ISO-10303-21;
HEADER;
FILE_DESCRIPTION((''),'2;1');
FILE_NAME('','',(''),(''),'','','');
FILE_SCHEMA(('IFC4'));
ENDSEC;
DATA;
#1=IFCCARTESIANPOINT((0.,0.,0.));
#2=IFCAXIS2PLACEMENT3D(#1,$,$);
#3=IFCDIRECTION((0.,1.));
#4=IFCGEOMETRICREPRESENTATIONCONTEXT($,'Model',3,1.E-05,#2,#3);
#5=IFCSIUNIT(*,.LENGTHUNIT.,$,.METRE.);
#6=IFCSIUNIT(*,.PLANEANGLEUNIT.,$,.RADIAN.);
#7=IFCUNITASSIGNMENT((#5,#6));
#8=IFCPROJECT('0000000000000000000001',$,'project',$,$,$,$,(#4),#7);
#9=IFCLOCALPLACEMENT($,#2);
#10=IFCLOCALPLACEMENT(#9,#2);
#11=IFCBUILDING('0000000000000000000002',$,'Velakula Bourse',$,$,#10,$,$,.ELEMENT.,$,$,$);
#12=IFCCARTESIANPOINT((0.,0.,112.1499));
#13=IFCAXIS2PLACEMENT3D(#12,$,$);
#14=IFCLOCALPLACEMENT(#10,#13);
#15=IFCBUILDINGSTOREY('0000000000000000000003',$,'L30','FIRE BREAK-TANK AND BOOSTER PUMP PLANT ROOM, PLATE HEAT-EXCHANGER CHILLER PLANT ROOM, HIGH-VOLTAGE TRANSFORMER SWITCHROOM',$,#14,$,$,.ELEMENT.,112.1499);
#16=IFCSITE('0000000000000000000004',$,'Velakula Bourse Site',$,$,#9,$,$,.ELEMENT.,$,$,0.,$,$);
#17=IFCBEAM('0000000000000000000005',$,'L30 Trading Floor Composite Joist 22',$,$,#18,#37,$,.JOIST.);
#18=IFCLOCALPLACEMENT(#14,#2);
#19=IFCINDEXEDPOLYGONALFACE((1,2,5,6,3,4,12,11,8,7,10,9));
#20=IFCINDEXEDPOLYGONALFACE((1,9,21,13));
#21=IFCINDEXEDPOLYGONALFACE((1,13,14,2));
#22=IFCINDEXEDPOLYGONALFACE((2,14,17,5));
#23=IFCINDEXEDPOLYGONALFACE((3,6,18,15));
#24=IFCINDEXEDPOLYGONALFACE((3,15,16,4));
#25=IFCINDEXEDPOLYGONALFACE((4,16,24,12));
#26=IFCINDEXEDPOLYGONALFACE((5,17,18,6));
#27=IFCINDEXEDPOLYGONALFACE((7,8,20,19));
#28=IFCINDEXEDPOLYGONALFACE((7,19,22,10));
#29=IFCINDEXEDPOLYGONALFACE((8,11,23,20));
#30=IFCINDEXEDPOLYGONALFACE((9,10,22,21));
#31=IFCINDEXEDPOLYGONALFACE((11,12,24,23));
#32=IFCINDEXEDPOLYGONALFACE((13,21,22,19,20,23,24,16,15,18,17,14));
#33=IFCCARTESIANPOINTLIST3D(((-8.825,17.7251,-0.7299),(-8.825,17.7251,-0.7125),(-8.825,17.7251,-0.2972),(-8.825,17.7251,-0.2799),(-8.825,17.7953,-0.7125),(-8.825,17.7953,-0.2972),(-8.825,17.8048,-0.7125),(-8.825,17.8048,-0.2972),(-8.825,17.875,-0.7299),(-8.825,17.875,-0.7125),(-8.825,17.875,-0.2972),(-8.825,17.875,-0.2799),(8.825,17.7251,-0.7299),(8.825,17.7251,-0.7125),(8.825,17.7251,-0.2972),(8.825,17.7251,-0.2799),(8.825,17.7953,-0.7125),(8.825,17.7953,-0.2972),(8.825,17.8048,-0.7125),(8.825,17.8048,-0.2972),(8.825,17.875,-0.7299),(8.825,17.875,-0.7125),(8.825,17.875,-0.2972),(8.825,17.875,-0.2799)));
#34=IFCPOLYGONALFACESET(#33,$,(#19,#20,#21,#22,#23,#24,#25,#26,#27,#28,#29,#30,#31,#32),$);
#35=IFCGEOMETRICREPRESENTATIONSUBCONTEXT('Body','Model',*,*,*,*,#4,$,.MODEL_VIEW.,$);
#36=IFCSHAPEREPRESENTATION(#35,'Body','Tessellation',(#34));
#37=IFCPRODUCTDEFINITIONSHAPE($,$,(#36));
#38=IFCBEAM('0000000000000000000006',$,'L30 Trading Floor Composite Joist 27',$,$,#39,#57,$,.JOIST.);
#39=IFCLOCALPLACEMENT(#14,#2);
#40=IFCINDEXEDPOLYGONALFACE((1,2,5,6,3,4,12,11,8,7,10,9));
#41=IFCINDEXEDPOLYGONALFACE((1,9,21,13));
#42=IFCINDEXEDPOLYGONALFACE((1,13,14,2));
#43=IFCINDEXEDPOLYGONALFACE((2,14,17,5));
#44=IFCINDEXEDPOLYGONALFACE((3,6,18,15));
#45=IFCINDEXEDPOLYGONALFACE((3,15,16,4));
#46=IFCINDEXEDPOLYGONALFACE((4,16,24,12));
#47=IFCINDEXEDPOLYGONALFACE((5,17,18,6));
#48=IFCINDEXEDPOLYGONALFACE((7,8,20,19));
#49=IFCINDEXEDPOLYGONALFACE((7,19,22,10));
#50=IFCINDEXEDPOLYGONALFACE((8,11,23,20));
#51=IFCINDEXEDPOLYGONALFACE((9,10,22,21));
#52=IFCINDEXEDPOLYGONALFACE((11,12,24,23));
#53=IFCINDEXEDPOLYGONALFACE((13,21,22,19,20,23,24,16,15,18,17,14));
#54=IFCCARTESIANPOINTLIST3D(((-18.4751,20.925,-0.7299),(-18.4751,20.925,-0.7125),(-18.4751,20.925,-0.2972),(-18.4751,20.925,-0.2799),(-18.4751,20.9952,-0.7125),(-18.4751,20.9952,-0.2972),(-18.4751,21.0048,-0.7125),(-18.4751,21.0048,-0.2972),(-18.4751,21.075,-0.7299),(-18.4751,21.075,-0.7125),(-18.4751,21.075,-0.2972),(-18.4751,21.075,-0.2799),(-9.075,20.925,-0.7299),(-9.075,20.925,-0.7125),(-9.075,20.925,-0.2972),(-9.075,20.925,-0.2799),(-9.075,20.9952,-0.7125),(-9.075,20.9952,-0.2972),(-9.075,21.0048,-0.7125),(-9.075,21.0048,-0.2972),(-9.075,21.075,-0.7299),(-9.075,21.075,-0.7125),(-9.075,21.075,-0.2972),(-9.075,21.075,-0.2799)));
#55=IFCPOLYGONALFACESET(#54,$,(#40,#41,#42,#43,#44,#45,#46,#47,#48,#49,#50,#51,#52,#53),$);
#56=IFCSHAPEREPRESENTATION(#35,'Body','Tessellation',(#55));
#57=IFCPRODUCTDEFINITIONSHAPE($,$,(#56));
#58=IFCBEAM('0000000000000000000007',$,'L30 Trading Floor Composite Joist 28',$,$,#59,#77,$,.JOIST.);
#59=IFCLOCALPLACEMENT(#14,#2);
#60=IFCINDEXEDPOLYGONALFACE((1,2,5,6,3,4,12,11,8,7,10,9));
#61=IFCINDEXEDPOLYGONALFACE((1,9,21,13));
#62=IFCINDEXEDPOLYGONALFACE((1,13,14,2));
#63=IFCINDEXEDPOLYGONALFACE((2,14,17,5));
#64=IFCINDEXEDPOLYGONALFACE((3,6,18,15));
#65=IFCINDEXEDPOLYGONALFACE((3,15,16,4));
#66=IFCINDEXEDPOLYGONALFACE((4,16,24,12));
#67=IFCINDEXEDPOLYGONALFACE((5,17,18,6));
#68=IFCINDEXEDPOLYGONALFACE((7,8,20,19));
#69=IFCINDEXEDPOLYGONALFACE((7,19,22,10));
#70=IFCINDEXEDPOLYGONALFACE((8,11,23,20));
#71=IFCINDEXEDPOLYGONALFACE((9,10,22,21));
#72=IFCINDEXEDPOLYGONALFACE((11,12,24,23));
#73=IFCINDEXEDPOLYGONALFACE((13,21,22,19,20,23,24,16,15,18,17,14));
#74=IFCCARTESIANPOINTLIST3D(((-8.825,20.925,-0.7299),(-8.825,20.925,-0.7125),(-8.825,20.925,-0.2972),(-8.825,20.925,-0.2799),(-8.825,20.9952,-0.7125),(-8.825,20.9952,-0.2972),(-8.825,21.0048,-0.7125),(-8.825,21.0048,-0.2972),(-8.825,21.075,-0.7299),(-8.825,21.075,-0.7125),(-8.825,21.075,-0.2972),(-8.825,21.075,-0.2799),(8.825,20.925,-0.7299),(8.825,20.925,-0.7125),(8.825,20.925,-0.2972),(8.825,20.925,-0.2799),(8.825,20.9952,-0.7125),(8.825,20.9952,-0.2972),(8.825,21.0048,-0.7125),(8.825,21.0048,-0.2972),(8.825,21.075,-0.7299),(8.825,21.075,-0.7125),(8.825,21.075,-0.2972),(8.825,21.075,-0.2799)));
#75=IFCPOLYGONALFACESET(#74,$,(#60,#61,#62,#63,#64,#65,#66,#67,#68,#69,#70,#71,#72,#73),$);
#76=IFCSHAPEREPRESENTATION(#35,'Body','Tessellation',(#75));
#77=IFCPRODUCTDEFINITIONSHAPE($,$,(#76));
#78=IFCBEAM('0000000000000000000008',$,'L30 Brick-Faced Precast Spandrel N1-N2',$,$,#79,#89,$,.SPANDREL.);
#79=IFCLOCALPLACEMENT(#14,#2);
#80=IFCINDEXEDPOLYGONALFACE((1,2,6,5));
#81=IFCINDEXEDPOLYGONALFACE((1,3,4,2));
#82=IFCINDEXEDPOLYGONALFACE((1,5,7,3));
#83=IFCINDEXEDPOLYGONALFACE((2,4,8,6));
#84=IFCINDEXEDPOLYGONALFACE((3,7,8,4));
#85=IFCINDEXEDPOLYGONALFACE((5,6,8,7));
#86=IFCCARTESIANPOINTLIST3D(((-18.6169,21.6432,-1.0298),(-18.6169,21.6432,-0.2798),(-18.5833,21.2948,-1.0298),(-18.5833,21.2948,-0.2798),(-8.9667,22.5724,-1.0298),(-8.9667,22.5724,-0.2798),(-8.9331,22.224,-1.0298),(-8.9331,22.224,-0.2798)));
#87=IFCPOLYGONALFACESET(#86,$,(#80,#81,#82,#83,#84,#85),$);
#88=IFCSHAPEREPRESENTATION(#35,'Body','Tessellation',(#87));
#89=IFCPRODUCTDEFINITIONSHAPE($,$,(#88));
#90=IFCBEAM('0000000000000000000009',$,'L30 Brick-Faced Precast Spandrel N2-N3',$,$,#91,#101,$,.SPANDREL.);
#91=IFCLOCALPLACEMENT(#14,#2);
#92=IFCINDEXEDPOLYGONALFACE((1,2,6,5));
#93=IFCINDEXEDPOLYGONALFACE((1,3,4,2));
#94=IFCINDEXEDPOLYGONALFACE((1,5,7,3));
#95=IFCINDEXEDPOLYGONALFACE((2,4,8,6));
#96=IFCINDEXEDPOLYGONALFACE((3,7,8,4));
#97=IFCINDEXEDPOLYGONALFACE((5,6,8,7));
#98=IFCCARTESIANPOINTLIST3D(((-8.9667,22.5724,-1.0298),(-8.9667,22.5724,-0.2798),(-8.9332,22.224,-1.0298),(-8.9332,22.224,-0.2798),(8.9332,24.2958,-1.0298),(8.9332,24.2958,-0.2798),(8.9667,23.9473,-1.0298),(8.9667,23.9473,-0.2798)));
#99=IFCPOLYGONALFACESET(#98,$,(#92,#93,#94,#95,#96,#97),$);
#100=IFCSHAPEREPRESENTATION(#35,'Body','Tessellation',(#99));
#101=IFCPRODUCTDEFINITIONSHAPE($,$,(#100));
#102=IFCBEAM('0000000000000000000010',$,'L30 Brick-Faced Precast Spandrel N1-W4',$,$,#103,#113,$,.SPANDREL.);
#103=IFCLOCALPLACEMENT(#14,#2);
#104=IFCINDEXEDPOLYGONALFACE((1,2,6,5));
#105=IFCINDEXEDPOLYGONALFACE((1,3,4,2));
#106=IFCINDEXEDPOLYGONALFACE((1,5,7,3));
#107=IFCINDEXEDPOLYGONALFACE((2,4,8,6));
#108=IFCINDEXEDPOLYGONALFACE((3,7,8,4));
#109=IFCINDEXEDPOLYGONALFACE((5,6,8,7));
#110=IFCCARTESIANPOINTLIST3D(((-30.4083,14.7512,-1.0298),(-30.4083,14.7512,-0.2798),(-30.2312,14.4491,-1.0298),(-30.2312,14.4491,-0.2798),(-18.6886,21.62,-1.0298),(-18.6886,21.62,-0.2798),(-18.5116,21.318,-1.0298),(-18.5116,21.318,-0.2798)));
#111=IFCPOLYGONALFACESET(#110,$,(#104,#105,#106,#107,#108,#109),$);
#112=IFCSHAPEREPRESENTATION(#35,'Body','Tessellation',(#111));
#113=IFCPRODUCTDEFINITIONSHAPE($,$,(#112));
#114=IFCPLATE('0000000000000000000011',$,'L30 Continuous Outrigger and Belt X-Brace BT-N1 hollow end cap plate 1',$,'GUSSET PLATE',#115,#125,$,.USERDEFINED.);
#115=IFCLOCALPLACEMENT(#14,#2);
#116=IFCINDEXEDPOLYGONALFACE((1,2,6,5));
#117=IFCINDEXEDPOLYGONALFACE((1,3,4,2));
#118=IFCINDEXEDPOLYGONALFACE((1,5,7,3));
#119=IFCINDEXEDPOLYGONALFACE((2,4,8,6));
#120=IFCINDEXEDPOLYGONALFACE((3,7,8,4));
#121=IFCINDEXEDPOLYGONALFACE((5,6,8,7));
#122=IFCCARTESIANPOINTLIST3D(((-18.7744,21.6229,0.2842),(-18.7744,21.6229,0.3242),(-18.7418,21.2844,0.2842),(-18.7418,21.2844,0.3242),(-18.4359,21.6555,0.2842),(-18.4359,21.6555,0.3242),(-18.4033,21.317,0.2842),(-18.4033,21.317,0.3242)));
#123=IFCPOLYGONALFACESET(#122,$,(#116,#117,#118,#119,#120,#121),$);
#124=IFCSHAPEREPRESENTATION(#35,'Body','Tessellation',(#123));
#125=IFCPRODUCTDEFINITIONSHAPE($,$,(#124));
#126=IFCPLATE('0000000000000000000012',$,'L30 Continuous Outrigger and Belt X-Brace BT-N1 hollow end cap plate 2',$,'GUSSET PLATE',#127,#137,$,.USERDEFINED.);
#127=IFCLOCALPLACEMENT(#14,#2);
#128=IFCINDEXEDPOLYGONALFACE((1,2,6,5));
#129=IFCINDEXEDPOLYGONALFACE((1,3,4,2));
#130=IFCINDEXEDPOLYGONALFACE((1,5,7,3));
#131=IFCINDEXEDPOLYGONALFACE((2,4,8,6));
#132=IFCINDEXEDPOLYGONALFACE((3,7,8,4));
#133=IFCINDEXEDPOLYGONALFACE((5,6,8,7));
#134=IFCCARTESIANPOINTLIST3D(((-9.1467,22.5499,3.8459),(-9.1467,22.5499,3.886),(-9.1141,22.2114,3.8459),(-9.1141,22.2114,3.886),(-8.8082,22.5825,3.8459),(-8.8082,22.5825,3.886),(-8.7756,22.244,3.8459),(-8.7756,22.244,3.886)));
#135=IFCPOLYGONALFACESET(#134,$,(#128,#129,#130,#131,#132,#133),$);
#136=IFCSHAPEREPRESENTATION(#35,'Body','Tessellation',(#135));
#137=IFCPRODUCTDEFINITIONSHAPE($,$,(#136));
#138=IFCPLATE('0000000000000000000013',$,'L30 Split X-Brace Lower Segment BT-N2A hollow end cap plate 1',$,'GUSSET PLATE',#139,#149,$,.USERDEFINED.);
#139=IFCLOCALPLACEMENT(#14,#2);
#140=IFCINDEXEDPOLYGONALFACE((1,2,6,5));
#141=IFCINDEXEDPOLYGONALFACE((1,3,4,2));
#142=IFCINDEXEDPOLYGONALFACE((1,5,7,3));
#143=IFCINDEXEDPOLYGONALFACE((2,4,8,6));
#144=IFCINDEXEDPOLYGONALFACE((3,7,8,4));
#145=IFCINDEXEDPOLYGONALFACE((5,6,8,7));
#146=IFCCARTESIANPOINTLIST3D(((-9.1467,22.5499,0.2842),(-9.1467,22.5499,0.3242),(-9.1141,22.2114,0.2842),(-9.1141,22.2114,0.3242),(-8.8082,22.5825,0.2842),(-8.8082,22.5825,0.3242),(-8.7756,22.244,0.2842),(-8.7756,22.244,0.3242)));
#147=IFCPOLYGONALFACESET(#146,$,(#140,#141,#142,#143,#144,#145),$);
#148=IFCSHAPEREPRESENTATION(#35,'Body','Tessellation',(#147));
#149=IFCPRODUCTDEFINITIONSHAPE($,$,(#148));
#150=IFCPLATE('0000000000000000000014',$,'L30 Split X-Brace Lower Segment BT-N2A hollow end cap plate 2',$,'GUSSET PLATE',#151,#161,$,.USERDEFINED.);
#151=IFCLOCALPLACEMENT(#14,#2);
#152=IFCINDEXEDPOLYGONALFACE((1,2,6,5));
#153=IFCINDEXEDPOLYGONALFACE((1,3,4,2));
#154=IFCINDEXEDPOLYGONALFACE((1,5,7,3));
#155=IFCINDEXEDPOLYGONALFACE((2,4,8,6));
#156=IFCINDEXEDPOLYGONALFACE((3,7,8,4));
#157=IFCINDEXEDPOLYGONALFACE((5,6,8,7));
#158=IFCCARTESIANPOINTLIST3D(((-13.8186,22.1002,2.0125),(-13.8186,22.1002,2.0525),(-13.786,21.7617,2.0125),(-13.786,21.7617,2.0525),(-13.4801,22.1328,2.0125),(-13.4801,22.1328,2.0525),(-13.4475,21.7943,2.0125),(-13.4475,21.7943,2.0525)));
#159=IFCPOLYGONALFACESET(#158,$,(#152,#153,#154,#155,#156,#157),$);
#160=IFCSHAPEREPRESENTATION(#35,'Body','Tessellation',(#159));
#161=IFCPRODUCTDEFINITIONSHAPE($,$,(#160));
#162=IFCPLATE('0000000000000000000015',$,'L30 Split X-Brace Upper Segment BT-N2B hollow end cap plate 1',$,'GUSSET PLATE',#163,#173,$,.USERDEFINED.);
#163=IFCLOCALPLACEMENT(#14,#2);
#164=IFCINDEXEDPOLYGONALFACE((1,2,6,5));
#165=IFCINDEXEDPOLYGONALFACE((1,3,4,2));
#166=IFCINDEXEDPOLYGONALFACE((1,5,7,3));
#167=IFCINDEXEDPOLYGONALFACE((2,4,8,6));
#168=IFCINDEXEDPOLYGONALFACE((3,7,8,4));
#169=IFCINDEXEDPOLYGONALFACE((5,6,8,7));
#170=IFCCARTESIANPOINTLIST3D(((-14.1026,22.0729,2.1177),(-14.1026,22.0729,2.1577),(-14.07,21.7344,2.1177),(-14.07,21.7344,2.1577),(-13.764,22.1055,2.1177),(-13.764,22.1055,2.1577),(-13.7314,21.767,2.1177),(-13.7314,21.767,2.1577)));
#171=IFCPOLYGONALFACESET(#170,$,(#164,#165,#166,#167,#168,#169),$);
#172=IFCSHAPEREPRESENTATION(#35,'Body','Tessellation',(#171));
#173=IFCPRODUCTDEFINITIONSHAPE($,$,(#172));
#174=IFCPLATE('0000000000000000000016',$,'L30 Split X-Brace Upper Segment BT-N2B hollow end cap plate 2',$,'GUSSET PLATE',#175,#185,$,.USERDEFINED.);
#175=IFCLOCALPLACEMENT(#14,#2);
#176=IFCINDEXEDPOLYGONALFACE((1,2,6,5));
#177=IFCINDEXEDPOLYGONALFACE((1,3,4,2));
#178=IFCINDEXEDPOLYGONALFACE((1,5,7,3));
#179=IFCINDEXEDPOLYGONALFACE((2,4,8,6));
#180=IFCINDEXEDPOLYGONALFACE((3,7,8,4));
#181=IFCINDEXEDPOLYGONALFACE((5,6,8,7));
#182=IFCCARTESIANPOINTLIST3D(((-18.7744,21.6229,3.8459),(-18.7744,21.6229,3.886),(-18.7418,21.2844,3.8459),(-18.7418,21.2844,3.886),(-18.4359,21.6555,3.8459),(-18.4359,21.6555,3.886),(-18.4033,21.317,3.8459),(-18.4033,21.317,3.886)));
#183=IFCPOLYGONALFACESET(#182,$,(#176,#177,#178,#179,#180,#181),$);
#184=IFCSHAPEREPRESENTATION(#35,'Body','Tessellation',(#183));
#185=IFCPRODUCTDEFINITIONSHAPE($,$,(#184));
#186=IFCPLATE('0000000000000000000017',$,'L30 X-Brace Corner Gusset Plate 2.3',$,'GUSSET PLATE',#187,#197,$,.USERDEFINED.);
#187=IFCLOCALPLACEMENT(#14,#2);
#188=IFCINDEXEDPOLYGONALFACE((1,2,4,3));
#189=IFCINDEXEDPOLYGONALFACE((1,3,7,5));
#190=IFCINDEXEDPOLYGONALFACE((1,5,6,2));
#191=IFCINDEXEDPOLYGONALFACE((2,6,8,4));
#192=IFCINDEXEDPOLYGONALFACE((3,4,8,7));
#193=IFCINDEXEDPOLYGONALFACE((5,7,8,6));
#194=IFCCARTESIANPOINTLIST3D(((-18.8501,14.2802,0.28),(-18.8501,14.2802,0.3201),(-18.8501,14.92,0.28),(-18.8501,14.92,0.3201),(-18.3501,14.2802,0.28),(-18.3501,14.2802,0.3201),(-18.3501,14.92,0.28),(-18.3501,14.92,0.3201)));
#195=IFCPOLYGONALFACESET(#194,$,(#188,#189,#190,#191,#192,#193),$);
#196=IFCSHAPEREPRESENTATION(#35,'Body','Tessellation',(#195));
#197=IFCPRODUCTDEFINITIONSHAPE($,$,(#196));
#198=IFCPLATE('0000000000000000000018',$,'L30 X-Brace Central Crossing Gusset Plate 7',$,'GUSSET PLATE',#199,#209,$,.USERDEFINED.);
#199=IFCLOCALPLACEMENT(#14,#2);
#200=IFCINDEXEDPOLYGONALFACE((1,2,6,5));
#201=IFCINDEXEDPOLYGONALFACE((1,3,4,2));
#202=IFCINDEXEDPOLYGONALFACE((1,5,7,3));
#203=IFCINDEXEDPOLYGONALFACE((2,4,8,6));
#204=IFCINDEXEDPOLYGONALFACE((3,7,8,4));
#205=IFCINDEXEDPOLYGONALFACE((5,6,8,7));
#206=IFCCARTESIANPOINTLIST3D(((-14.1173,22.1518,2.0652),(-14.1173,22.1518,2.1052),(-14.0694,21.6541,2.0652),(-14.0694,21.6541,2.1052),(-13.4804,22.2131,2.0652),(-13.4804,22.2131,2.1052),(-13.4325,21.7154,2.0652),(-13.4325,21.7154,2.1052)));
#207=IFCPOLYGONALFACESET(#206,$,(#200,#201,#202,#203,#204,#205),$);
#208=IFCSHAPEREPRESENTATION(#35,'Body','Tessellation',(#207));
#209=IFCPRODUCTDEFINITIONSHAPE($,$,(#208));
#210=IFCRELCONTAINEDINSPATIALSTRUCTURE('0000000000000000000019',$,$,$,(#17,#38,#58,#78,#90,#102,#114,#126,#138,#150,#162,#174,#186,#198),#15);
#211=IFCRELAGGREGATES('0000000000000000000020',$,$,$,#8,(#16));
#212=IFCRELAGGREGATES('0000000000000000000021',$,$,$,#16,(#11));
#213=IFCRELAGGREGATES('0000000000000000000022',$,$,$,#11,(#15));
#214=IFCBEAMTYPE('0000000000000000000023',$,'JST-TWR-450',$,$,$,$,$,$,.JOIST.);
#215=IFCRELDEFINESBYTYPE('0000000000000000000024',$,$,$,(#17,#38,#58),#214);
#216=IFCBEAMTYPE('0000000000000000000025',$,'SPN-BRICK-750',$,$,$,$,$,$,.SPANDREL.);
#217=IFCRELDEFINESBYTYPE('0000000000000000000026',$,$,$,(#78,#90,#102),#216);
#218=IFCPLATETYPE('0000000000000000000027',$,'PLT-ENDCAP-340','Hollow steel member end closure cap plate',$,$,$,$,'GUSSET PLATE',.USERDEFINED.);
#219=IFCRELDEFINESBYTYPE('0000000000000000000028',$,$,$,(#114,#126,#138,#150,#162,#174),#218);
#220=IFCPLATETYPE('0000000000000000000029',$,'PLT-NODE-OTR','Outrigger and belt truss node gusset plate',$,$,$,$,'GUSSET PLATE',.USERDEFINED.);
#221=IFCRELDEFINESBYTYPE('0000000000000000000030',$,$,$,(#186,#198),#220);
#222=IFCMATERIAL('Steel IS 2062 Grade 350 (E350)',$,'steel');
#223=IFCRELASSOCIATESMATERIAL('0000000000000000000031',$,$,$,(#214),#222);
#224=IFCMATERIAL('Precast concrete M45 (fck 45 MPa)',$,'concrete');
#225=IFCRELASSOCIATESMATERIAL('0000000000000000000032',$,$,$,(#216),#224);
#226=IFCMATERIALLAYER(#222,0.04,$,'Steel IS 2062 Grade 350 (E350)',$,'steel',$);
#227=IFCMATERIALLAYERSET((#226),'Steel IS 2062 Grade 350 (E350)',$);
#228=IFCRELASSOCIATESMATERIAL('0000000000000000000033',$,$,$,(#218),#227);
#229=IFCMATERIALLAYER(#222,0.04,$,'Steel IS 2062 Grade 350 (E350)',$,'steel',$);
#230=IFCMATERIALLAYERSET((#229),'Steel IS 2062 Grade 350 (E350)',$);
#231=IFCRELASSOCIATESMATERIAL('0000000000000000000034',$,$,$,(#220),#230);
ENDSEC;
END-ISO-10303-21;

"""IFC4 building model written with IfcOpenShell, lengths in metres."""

from ifc_helpers import new_model, si_unit, direction, frame, origin, origin_2d, place, context, subcontext, project, spatial, rectangle, i_section, extrude, material, layer, layer_set, material_profile, profile_set, type_object, element, save


model = new_model("IFC4")

# Units and contexts
model_context = context("Model", 3, precision=1e-05, world=origin(), true_north=direction((0.0, 1.0)))
body_context = subcontext(model_context, "Body", "Model", "MODEL_VIEW")
ifc_project = project(units=[si_unit("LENGTHUNIT", "METRE"), si_unit("PLANEANGLEUNIT", "RADIAN")], contexts=[model_context])

# Site, building, storey
site_placement = place(None, origin())
site = spatial("IfcSite", under=ifc_project, at=site_placement, Name="Velakula Bourse Site", CompositionType="ELEMENT", RefElevation=0.0)
building_placement = place(site_placement, origin())
building = spatial("IfcBuilding", under=site, at=building_placement, Name="Velakula Bourse", CompositionType="ELEMENT")
storey_placement = place(building_placement, frame((0.0, 0.0, 112.1499)))
storey = spatial("IfcBuildingStorey", under=building, at=storey_placement, Name="L30", Description="FIRE BREAK-TANK AND BOOSTER PUMP PLANT ROOM, PLATE HEAT-EXCHANGER CHILLER PLANT ROOM, HIGH-VOLTAGE TRANSFORMER SWITCHROOM", CompositionType="ELEMENT", Elevation=112.1499)

# Shared definitions
ifc_material_1 = material(Name="Steel IS 2062 Grade 350 (E350)", Category="steel")

# Beams
ifc_material_profile_1 = material_profile(ifc_material_1, i_section(OverallWidth=0.1499, OverallDepth=0.45, WebThickness=0.0095, FlangeThickness=0.0173, at=origin_2d()), Name="Steel IS 2062 Grade 350 (E350)")
ifc_profile_set_1 = profile_set([ifc_material_profile_1], Name="Steel IS 2062 Grade 350 (E350)")
beam_type_1 = type_object("IfcBeamType", Name="JST-TWR-450", PredefinedType="JOIST", material=ifc_profile_set_1)
beam_1_placement = place(storey_placement, frame((-8.825, 17.8, -0.5049), z_axis=(1.0, 0.0, 0.0), x_axis=(0.0, 1.0, 0.0)))
element("IfcBeam", 1, at=beam_1_placement, inside=storey, type_object=beam_type_1, Name="L30 Trading Floor Composite Joist 22", PredefinedType="JOIST", context=body_context, shape_type="SweptSolid", body=[
    extrude(i_section(OverallWidth=0.1499, OverallDepth=0.45, WebThickness=0.0095, FlangeThickness=0.0173, at=origin_2d()), origin(), (0.0, 0.0, 1.0), 17.6499),
])
beam_2_placement = place(storey_placement, frame((-18.4751, 21.0, -0.5049), z_axis=(1.0, 0.0, 0.0), x_axis=(0.0, 1.0, 0.0)))
element("IfcBeam", 2, at=beam_2_placement, inside=storey, type_object=beam_type_1, Name="L30 Trading Floor Composite Joist 27", PredefinedType="JOIST", context=body_context, shape_type="SweptSolid", body=[
    extrude(i_section(OverallWidth=0.1499, OverallDepth=0.45, WebThickness=0.0095, FlangeThickness=0.0173, at=origin_2d()), origin(), (0.0, 0.0, 1.0), 9.4001),
])
beam_3_placement = place(storey_placement, frame((-8.825, 21.0, -0.5049), z_axis=(1.0, 0.0, 0.0), x_axis=(0.0, 1.0, 0.0)))
element("IfcBeam", 3, at=beam_3_placement, inside=storey, type_object=beam_type_1, Name="L30 Trading Floor Composite Joist 28", PredefinedType="JOIST", context=body_context, shape_type="SweptSolid", body=[
    extrude(i_section(OverallWidth=0.1499, OverallDepth=0.45, WebThickness=0.0095, FlangeThickness=0.0173, at=origin_2d()), origin(), (0.0, 0.0, 1.0), 17.6499),
])
ifc_material_2 = material(Name="Precast concrete M45 (fck 45 MPa)", Category="concrete")
ifc_material_profile_2 = material_profile(ifc_material_2, rectangle(XDim=0.3501, YDim=0.75, at=origin_2d()), Name="Precast concrete M45 (fck 45 MPa)")
ifc_profile_set_2 = profile_set([ifc_material_profile_2], Name="Precast concrete M45 (fck 45 MPa)")
beam_type_2 = type_object("IfcBeamType", Name="SPN-BRICK-750", PredefinedType="SPANDREL", material=ifc_profile_set_2)
beam_4_placement = place(storey_placement, frame((-18.6001, 21.469, -0.6548), z_axis=(0.995396, 0.095845, 0.0), x_axis=(-0.095845, 0.995396, 0.0)))
element("IfcBeam", 4, at=beam_4_placement, inside=storey, type_object=beam_type_2, Name="L30 Brick-Faced Precast Spandrel N1-N2", PredefinedType="SPANDREL", context=body_context, shape_type="SweptSolid", body=[
    extrude(rectangle(XDim=0.3501, YDim=0.75, at=origin_2d()), origin(), (0.0, 0.0, 1.0), 9.6948),
])
beam_5_placement = place(storey_placement, frame((-8.95, 22.3982, -0.6548), z_axis=(0.995397, 0.095836, 0.0), x_axis=(-0.095836, 0.995397, 0.0)))
element("IfcBeam", 5, at=beam_5_placement, inside=storey, type_object=beam_type_2, Name="L30 Brick-Faced Precast Spandrel N2-N3", PredefinedType="SPANDREL", context=body_context, shape_type="SweptSolid", body=[
    extrude(rectangle(XDim=0.3501, YDim=0.75, at=origin_2d()), origin(), (0.0, 0.0, 1.0), 17.9827),
])
beam_6_placement = place(storey_placement, frame((-18.6001, 21.469, -0.6548), z_axis=(-0.862739, -0.505649, 0.0), x_axis=(0.505649, -0.862739, 0.0)))
element("IfcBeam", 6, at=beam_6_placement, inside=storey, type_object=beam_type_2, Name="L30 Brick-Faced Precast Spandrel N1-W4", PredefinedType="SPANDREL", context=body_context, shape_type="SweptSolid", body=[
    extrude(rectangle(XDim=0.3501, YDim=0.75, at=origin_2d()), origin(), (0.0, 0.0, 1.0), 13.5842),
])

# Plates
ifc_layer_1 = layer(ifc_material_1, 0.04, Name="Steel IS 2062 Grade 350 (E350)", Category="steel")
ifc_layer_set_1 = layer_set([ifc_layer_1], Name="Steel IS 2062 Grade 350 (E350)")
plate_type_1 = type_object("IfcPlateType", Name="PLT-ENDCAP-340", Description="Hollow steel member end closure cap plate", ElementType="GUSSET PLATE", PredefinedType="USERDEFINED", material=ifc_layer_set_1)
for number, where, z_axis, x_axis, name in (
    (7, (-18.5889, 21.47, 0.2842), (0.0, 0.0, 1.0), (0.995396, 0.095846, 0.0), "L30 Continuous Outrigger and Belt X-Brace BT-N1 hollow end cap plate 1"),
    (8, (-8.9612, 22.397, 3.8459), (0.0, 0.0, 1.0), (0.995396, 0.095846, 0.0), "L30 Continuous Outrigger and Belt X-Brace BT-N1 hollow end cap plate 2"),
    (9, (-8.9612, 22.397, 0.2842), (0.0, 0.0, 1.0), (-0.995396, -0.095846, 0.0), "L30 Split X-Brace Lower Segment BT-N2A hollow end cap plate 1"),
    (10, (-13.6331, 21.9473, 2.0125), (0.0, 0.0, 1.0), (-0.995396, -0.095846, 0.0), "L30 Split X-Brace Lower Segment BT-N2A hollow end cap plate 2"),
    (11, (-13.917, 21.9199, 2.1177), (0.0, 0.0, 1.0), (-0.995396, -0.095846, 0.0), "L30 Split X-Brace Upper Segment BT-N2B hollow end cap plate 1"),
    (12, (-18.5889, 21.47, 3.8459), (0.0, 0.0, 1.0), (-0.995396, -0.095846, 0.0), "L30 Split X-Brace Upper Segment BT-N2B hollow end cap plate 2"),
):
    element("IfcPlate", number, at=place(storey_placement, frame(where, z_axis=z_axis, x_axis=x_axis)), inside=storey, type_object=plate_type_1, Name=name, ObjectType="GUSSET PLATE", PredefinedType="USERDEFINED", context=body_context, shape_type="SweptSolid", body=[
        extrude(rectangle(XDim=0.3401, YDim=0.3401, at=origin_2d()), origin(), (0.0, 0.0, 1.0), 0.04),
    ])
ifc_layer_2 = layer(ifc_material_1, 0.04, Name="Steel IS 2062 Grade 350 (E350)", Category="steel")
ifc_layer_set_2 = layer_set([ifc_layer_2], Name="Steel IS 2062 Grade 350 (E350)")
plate_type_2 = type_object("IfcPlateType", Name="PLT-NODE-OTR", Description="Outrigger and belt truss node gusset plate", ElementType="GUSSET PLATE", PredefinedType="USERDEFINED", material=ifc_layer_set_2)
for number, where, z_axis, x_axis, name in (
    (13, (-18.6001, 14.6001, 0.28), (0.0, 0.0, 1.0), (0.0, 1.0, 0.0), "L30 X-Brace Corner Gusset Plate 2.3"),
    (14, (-13.7749, 21.9336, 2.0652), (0.0, 0.0, 1.0), (0.995396, 0.095846, 0.0), "L30 X-Brace Central Crossing Gusset Plate 7"),
):
    element("IfcPlate", number, at=place(storey_placement, frame(where, z_axis=z_axis, x_axis=x_axis)), inside=storey, type_object=plate_type_2, Name=name, ObjectType="GUSSET PLATE", PredefinedType="USERDEFINED", context=body_context, shape_type="SweptSolid", body=[
        extrude(rectangle(XDim=0.6399, YDim=0.5, at=origin_2d()), origin(), (0.0, 0.0, 1.0), 0.04),
    ])

save(model, "model.ifc")
